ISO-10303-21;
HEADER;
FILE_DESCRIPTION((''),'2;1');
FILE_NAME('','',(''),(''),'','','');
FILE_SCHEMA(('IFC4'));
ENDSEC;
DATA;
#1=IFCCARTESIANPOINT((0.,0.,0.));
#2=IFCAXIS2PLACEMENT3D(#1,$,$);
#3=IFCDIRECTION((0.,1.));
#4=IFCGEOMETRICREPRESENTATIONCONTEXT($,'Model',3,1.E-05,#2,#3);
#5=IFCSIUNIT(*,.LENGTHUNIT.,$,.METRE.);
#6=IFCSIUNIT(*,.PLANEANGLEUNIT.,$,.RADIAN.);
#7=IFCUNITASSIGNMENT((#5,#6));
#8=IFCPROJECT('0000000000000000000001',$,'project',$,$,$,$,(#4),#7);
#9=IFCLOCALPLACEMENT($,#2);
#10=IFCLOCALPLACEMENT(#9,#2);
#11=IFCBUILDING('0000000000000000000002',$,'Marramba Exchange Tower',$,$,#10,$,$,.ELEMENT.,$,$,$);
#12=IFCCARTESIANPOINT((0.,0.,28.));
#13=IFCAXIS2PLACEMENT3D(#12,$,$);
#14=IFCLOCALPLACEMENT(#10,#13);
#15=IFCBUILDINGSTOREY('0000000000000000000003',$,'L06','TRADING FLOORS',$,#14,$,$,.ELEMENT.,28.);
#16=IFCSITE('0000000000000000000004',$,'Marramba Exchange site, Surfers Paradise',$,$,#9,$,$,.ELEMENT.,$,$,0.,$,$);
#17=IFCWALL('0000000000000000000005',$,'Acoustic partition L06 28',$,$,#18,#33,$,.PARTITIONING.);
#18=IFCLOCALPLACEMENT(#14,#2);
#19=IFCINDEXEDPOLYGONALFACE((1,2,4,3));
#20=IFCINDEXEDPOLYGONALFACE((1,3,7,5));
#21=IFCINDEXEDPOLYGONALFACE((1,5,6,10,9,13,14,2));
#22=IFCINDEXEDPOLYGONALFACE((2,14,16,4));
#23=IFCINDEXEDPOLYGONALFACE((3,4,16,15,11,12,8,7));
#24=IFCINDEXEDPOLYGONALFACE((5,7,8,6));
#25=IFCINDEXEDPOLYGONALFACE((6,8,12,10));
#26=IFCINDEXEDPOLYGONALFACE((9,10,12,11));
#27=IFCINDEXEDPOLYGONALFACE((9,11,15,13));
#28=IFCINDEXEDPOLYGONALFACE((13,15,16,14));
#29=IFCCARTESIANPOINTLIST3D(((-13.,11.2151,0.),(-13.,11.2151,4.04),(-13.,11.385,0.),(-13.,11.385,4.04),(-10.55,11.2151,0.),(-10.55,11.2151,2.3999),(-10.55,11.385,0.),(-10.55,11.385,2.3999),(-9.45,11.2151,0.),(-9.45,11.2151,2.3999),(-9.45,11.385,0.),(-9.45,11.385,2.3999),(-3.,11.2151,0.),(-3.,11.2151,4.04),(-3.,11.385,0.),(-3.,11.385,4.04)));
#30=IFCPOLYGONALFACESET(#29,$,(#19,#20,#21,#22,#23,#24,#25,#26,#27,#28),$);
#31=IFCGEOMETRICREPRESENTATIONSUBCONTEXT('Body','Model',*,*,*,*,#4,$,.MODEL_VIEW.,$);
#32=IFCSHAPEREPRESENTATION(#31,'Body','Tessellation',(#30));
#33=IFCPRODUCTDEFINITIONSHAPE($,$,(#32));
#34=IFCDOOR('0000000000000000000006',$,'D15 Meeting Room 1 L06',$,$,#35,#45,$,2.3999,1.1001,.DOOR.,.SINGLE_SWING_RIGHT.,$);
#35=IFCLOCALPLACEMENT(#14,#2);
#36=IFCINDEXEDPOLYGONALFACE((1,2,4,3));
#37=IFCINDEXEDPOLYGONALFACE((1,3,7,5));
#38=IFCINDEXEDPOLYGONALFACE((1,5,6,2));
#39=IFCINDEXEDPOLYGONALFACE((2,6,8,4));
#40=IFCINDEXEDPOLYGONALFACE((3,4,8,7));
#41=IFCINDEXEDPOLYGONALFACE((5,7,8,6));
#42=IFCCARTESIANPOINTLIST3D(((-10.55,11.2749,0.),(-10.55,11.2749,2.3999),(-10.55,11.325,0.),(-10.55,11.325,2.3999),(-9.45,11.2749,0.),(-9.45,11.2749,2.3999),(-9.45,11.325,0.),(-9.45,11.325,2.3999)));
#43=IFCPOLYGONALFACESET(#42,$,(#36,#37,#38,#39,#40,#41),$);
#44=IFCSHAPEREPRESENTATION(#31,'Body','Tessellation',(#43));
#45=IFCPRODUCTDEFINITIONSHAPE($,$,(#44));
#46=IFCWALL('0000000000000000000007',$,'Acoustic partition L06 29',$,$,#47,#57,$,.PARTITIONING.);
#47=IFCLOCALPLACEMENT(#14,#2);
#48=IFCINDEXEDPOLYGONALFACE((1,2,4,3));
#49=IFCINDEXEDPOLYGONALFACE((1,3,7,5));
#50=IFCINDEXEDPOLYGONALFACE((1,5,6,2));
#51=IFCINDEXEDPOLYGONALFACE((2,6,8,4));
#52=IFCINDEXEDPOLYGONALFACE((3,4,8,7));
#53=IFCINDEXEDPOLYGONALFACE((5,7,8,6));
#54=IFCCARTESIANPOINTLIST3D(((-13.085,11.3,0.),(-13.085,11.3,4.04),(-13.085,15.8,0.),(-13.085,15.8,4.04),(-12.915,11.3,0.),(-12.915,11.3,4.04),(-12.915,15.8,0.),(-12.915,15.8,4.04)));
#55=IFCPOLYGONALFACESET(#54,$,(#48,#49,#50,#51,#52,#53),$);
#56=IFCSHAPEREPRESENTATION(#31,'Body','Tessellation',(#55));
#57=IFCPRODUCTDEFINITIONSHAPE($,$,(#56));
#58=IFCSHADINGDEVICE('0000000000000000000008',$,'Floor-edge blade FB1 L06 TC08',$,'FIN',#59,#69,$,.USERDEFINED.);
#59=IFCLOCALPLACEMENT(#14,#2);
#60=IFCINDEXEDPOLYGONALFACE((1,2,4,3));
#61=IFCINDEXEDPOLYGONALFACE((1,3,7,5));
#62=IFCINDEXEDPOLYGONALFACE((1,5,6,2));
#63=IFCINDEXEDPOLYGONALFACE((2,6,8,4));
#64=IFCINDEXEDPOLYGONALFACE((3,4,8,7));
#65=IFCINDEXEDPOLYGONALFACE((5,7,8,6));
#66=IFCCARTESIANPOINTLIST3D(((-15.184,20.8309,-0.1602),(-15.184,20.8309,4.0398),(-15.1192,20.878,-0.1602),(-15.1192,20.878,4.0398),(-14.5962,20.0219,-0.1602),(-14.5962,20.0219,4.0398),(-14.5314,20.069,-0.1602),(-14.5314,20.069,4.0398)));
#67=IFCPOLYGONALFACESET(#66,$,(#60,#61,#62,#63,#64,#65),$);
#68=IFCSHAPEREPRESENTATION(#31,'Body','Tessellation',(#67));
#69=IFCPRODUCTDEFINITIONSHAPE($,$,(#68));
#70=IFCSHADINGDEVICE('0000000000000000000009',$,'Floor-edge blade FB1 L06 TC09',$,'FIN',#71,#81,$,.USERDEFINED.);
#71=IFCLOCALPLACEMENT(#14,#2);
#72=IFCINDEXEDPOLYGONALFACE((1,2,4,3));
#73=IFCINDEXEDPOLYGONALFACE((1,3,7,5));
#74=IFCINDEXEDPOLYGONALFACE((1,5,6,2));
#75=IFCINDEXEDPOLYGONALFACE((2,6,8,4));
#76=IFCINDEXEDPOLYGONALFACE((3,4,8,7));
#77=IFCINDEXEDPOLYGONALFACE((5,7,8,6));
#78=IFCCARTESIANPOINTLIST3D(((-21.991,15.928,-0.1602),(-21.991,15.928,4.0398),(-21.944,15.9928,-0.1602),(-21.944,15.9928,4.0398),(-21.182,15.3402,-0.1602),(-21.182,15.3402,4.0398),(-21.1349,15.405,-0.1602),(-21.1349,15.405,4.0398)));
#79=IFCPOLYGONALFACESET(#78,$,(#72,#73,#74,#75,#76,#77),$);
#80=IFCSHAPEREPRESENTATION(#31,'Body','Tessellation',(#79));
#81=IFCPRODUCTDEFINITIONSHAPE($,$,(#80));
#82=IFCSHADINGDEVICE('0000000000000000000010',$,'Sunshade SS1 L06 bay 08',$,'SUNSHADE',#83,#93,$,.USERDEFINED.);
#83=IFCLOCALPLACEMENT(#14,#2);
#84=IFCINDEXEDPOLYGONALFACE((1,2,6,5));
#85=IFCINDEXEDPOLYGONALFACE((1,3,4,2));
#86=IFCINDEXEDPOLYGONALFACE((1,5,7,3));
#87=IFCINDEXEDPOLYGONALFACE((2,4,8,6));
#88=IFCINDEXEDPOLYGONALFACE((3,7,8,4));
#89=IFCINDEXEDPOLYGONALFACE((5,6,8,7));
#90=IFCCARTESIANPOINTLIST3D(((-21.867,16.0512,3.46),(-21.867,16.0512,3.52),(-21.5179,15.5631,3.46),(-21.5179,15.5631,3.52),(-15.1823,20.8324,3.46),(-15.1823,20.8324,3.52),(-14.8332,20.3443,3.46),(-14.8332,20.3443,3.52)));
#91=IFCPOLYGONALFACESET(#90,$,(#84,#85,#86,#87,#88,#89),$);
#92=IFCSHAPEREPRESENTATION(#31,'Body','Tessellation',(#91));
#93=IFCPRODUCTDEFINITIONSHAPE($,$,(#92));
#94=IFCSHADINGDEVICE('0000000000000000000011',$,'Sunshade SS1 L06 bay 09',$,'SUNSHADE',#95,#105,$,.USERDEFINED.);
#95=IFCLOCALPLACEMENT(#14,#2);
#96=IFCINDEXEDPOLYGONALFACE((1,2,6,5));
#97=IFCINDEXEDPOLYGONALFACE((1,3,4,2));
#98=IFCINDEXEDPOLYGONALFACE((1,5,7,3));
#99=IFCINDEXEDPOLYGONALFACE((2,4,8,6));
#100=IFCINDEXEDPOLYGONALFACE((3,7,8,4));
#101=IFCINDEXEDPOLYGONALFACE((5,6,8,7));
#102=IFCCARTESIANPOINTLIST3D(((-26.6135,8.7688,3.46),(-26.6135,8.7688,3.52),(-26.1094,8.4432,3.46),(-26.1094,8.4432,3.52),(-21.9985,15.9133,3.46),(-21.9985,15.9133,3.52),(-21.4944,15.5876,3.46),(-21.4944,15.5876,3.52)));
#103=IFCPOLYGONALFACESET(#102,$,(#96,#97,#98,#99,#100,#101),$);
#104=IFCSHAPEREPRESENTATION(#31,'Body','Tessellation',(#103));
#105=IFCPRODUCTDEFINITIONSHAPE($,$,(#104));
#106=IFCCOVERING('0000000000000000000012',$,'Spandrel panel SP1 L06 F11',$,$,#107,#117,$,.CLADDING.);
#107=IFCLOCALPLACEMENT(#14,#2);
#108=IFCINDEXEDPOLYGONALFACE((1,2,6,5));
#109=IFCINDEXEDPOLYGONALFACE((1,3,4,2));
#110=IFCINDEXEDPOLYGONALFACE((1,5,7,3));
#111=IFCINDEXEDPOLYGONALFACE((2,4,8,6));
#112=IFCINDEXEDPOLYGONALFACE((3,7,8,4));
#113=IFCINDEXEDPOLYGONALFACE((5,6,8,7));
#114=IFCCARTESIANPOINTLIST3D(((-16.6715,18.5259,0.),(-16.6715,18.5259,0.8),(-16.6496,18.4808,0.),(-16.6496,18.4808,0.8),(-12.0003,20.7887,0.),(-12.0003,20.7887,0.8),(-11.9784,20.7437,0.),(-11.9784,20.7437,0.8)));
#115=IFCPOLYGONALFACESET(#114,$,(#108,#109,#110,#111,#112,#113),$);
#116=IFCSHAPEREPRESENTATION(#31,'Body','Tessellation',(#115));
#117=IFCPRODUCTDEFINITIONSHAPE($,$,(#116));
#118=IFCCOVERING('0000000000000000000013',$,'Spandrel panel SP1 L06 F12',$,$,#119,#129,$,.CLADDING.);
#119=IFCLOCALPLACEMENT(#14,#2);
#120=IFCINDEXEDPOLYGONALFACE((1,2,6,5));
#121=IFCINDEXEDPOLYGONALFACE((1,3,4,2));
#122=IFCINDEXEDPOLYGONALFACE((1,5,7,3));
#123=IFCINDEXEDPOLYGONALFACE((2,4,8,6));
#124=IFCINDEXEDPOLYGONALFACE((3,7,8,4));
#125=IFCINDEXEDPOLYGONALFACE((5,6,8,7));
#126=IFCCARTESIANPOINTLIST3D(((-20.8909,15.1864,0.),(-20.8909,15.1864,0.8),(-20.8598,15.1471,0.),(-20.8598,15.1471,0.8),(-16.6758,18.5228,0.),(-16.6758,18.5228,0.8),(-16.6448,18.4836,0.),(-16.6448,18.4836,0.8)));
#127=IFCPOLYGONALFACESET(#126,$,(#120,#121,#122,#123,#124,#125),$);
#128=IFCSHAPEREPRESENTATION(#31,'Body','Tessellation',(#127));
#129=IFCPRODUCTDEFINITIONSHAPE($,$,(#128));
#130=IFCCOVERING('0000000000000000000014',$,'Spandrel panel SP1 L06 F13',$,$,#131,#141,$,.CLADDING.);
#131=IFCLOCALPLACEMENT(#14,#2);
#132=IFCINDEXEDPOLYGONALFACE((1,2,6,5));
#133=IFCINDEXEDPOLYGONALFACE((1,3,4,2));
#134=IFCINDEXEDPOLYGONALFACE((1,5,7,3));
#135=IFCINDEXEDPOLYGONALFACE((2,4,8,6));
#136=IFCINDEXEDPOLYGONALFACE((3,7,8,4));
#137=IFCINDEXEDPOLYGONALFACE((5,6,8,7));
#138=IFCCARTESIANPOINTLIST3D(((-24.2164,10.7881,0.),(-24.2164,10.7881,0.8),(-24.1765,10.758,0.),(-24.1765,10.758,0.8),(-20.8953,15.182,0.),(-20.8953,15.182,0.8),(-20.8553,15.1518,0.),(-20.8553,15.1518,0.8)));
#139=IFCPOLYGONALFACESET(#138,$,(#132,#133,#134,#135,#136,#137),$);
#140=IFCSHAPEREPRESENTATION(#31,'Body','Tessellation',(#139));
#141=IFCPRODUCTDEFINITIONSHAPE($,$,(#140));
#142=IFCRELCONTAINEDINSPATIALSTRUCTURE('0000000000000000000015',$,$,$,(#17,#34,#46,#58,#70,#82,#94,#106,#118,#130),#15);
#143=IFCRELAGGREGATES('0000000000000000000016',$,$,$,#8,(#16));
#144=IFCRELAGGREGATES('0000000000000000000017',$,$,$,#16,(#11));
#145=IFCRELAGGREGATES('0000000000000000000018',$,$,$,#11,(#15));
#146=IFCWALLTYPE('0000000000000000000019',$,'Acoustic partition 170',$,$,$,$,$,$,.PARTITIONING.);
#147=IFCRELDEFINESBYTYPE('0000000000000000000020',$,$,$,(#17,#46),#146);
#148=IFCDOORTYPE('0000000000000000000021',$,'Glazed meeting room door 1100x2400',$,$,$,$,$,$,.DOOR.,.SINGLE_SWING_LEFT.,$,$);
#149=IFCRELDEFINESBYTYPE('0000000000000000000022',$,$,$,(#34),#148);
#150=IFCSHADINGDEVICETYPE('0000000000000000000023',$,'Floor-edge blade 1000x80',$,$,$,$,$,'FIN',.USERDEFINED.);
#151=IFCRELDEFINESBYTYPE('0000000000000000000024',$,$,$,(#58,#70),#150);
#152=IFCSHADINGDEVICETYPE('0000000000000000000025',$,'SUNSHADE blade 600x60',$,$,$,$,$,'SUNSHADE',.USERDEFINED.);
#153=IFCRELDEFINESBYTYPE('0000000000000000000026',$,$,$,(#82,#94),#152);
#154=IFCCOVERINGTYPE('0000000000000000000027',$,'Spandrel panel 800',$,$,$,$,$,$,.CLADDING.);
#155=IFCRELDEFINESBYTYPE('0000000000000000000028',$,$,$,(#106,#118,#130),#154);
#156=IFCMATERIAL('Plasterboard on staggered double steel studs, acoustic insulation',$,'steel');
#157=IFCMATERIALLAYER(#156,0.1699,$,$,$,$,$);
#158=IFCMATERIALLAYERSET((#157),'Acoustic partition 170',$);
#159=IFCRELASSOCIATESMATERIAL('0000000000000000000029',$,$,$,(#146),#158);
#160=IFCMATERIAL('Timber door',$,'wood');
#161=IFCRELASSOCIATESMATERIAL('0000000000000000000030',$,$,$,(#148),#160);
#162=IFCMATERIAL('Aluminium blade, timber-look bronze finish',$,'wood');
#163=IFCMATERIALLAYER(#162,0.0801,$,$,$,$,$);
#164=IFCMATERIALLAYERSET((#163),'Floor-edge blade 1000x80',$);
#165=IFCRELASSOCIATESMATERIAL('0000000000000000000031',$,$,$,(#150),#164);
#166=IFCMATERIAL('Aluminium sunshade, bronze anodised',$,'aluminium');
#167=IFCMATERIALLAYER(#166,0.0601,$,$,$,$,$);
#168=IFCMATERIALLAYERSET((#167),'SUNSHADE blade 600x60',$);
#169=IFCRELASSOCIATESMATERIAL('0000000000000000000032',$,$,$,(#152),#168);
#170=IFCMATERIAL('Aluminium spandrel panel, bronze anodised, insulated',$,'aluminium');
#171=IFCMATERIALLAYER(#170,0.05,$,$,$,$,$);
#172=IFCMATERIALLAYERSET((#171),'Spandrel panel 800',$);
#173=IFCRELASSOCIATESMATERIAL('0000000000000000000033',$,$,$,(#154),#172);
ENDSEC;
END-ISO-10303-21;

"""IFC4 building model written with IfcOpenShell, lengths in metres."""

from ifc_helpers import new_model, si_unit, direction, frame, frame_2d, origin, origin_2d, place, context, subcontext, project, spatial, rectangle, extrude, material, layer, layer_set, type_object, element, fill, save


model = new_model("IFC4")

# Units and contexts
model_context = context("Model", 3, precision=1e-05, world=origin(), true_north=direction((0.0, 1.0)))
body_context = subcontext(model_context, "Body", "Model", "MODEL_VIEW")
ifc_project = project(units=[si_unit("LENGTHUNIT", "METRE"), si_unit("PLANEANGLEUNIT", "RADIAN")], contexts=[model_context])

# Site, building, storey
site_placement = place(None, origin())
site = spatial("IfcSite", under=ifc_project, at=site_placement, Name="Marramba Exchange site, Surfers Paradise", CompositionType="ELEMENT", RefElevation=0.0)
building_placement = place(site_placement, origin())
building = spatial("IfcBuilding", under=site, at=building_placement, Name="Marramba Exchange Tower", CompositionType="ELEMENT")
storey_placement = place(building_placement, frame((0.0, 0.0, 28.0)))
storey = spatial("IfcBuildingStorey", under=building, at=storey_placement, Name="L06", Description="TRADING FLOORS", CompositionType="ELEMENT", Elevation=28.0)

# Wall, opening, door
ifc_material_1 = material(Name="Plasterboard on staggered double steel studs, acoustic insulation", Category="steel")
ifc_layer_1 = layer(ifc_material_1, 0.1699)
ifc_layer_set_1 = layer_set([ifc_layer_1], Name="Acoustic partition 170")
wall_type = type_object("IfcWallType", Name="Acoustic partition 170", PredefinedType="PARTITIONING", material=ifc_layer_set_1)
wall_1_placement = place(storey_placement, frame((-13.0, 11.3, 0.0), z_axis=(0.0, 0.0, 1.0), x_axis=(1.0, 0.0, 0.0)))
wall_1 = element("IfcWall", 1, at=wall_1_placement, inside=storey, type_object=wall_type, Name="Acoustic partition L06 28", PredefinedType="PARTITIONING", context=body_context, shape_type="SweptSolid", body=[
    extrude(rectangle(XDim=10.0, YDim=0.1699, at=frame_2d((5.0, 0.0))), origin(), (0.0, 0.0, 1.0), 4.04),
])
opening_placement = place(wall_1_placement, frame((2.45, 0.0, 0.0)))
opening = element("IfcOpeningElement", 2, at=opening_placement, cuts=wall_1, PredefinedType="OPENING", context=body_context, shape_type="SweptSolid", body=[
    extrude(rectangle(XDim=1.1001, YDim=2.3999, at=frame_2d((0.55, 1.2))), frame((0.0, 0.095, 0.0), z_axis=(0.0, -1.0, 0.0), x_axis=(1.0, 0.0, 0.0)), (0.0, 0.0, 1.0), 0.1899),
])
ifc_material_2 = material(Name="Timber door", Category="wood")
door_type = type_object("IfcDoorType", Name="Glazed meeting room door 1100x2400", OperationType="SINGLE_SWING_LEFT", PredefinedType="DOOR", material=ifc_material_2)
door_placement = place(opening_placement, origin())
door = element("IfcDoor", 3, at=door_placement, inside=storey, type_object=door_type, Name="D15 Meeting Room 1 L06", OperationType="SINGLE_SWING_RIGHT", OverallHeight=2.3999, OverallWidth=1.1001, PredefinedType="DOOR", context=body_context, shape_type="SweptSolid", body=[
    extrude(rectangle(XDim=1.1001, YDim=2.3999, at=frame_2d((0.55, 1.2))), frame((0.0, 0.0249, 0.0), z_axis=(0.0, -1.0, 0.0), x_axis=(1.0, 0.0, 0.0)), (0.0, 0.0, 1.0), 0.05),
])
fill(opening, door)

# Wall
wall_2_placement = place(storey_placement, frame((-13.0, 15.8, 0.0), z_axis=(0.0, 0.0, 1.0), x_axis=(0.0, -1.0, 0.0)))
element("IfcWall", 4, at=wall_2_placement, inside=storey, type_object=wall_type, Name="Acoustic partition L06 29", PredefinedType="PARTITIONING", context=body_context, shape_type="SweptSolid", body=[
    extrude(rectangle(XDim=4.5, YDim=0.1699, at=frame_2d((2.25, 0.0))), origin(), (0.0, 0.0, 1.0), 4.04),
])

# Shading devices
ifc_material_3 = material(Name="Aluminium blade, timber-look bronze finish", Category="wood")
ifc_layer_2 = layer(ifc_material_3, 0.0801)
ifc_layer_set_2 = layer_set([ifc_layer_2], Name="Floor-edge blade 1000x80")
shading_device_type_1 = type_object("IfcShadingDeviceType", Name="Floor-edge blade 1000x80", ElementType="FIN", PredefinedType="USERDEFINED", material=ifc_layer_set_2)
for number, where, z_axis, x_axis, name in (
    (5, (-14.8577, 20.45, -0.1602), (0.0, 0.0, 1.0), (-0.587785, 0.809017, 0.0), "Floor-edge blade FB1 L06 TC08"),
    (6, (-21.563, 15.6665, -0.1602), (0.0, 0.0, 1.0), (-0.809017, 0.587785, 0.0), "Floor-edge blade FB1 L06 TC09"),
):
    element("IfcShadingDevice", number, at=place(storey_placement, frame(where, z_axis=z_axis, x_axis=x_axis)), inside=storey, type_object=shading_device_type_1, Name=name, ObjectType="FIN", PredefinedType="USERDEFINED", context=body_context, shape_type="SweptSolid", body=[
        extrude(rectangle(XDim=1.0, YDim=0.0801, at=origin_2d()), origin(), (0.0, 0.0, 1.0), 4.2),
    ])
ifc_material_4 = material(Name="Aluminium sunshade, bronze anodised", Category="aluminium")
ifc_layer_3 = layer(ifc_material_4, 0.0601)
ifc_layer_set_3 = layer_set([ifc_layer_3], Name="SUNSHADE blade 600x60")
shading_device_type_2 = type_object("IfcShadingDeviceType", Name="SUNSHADE blade 600x60", ElementType="SUNSHADE", PredefinedType="USERDEFINED", material=ifc_layer_set_3)
shading_device_1_placement = place(storey_placement, frame((-18.3501, 18.1978, 3.46), z_axis=(0.0, 0.0, 1.0), x_axis=(-0.813363, -0.581757, 0.0)))
element("IfcShadingDevice", 7, at=shading_device_1_placement, inside=storey, type_object=shading_device_type_2, Name="Sunshade SS1 L06 bay 08", ObjectType="SUNSHADE", PredefinedType="USERDEFINED", context=body_context, shape_type="SweptSolid", body=[
    extrude(rectangle(XDim=8.2185, YDim=0.6001, at=origin_2d()), origin(), (0.0, 0.0, 1.0), 0.0601),
])
shading_device_2_placement = place(storey_placement, frame((-24.054, 12.1782, 3.46), z_axis=(0.0, 0.0, 1.0), x_axis=(-0.542597, -0.839993, 0.0)))
element("IfcShadingDevice", 8, at=shading_device_2_placement, inside=storey, type_object=shading_device_type_2, Name="Sunshade SS1 L06 bay 09", ObjectType="SUNSHADE", PredefinedType="USERDEFINED", context=body_context, shape_type="SweptSolid", body=[
    extrude(rectangle(XDim=8.5054, YDim=0.6001, at=origin_2d()), origin(), (0.0, 0.0, 1.0), 0.0601),
])

# Coverings
ifc_material_5 = material(Name="Aluminium spandrel panel, bronze anodised, insulated", Category="aluminium")
ifc_layer_4 = layer(ifc_material_5, 0.05)
ifc_layer_set_4 = layer_set([ifc_layer_4], Name="Spandrel panel 800")
covering_type = type_object("IfcCoveringType", Name="Spandrel panel 800", PredefinedType="CLADDING", material=ifc_layer_set_4)
covering_1_placement = place(storey_placement, frame((-14.325, 19.6348, 0.0), z_axis=(0.0, 0.0, 1.0), x_axis=(-0.899963, -0.435965, 0.0)))
element("IfcCovering", 9, at=covering_1_placement, inside=storey, type_object=covering_type, Name="Spandrel panel SP1 L06 F11", PredefinedType="CLADDING", context=body_context, shape_type="SweptSolid", body=[
    extrude(rectangle(XDim=5.1904, YDim=0.05, at=origin_2d()), origin(), (0.0, 0.0, 1.0), 0.8),
])
covering_2_placement = place(storey_placement, frame((-18.7678, 16.835, 0.0), z_axis=(0.0, 0.0, 1.0), x_axis=(-0.784088, -0.62065, 0.0)))
element("IfcCovering", 10, at=covering_2_placement, inside=storey, type_object=covering_type, Name="Spandrel panel SP1 L06 F12", PredefinedType="CLADDING", context=body_context, shape_type="SweptSolid", body=[
    extrude(rectangle(XDim=5.3757, YDim=0.05, at=origin_2d()), origin(), (0.0, 0.0, 1.0), 0.8),
])
covering_3_placement = place(storey_placement, frame((-22.5359, 12.97, 0.0), z_axis=(0.0, 0.0, 1.0), x_axis=(-0.60299, -0.797749, 0.0)))
element("IfcCovering", 11, at=covering_3_placement, inside=storey, type_object=covering_type, Name="Spandrel panel SP1 L06 F13", PredefinedType="CLADDING", context=body_context, shape_type="SweptSolid", body=[
    extrude(rectangle(XDim=5.5078, YDim=0.05, at=origin_2d()), origin(), (0.0, 0.0, 1.0), 0.8),
])

save(model, "model.ifc")
